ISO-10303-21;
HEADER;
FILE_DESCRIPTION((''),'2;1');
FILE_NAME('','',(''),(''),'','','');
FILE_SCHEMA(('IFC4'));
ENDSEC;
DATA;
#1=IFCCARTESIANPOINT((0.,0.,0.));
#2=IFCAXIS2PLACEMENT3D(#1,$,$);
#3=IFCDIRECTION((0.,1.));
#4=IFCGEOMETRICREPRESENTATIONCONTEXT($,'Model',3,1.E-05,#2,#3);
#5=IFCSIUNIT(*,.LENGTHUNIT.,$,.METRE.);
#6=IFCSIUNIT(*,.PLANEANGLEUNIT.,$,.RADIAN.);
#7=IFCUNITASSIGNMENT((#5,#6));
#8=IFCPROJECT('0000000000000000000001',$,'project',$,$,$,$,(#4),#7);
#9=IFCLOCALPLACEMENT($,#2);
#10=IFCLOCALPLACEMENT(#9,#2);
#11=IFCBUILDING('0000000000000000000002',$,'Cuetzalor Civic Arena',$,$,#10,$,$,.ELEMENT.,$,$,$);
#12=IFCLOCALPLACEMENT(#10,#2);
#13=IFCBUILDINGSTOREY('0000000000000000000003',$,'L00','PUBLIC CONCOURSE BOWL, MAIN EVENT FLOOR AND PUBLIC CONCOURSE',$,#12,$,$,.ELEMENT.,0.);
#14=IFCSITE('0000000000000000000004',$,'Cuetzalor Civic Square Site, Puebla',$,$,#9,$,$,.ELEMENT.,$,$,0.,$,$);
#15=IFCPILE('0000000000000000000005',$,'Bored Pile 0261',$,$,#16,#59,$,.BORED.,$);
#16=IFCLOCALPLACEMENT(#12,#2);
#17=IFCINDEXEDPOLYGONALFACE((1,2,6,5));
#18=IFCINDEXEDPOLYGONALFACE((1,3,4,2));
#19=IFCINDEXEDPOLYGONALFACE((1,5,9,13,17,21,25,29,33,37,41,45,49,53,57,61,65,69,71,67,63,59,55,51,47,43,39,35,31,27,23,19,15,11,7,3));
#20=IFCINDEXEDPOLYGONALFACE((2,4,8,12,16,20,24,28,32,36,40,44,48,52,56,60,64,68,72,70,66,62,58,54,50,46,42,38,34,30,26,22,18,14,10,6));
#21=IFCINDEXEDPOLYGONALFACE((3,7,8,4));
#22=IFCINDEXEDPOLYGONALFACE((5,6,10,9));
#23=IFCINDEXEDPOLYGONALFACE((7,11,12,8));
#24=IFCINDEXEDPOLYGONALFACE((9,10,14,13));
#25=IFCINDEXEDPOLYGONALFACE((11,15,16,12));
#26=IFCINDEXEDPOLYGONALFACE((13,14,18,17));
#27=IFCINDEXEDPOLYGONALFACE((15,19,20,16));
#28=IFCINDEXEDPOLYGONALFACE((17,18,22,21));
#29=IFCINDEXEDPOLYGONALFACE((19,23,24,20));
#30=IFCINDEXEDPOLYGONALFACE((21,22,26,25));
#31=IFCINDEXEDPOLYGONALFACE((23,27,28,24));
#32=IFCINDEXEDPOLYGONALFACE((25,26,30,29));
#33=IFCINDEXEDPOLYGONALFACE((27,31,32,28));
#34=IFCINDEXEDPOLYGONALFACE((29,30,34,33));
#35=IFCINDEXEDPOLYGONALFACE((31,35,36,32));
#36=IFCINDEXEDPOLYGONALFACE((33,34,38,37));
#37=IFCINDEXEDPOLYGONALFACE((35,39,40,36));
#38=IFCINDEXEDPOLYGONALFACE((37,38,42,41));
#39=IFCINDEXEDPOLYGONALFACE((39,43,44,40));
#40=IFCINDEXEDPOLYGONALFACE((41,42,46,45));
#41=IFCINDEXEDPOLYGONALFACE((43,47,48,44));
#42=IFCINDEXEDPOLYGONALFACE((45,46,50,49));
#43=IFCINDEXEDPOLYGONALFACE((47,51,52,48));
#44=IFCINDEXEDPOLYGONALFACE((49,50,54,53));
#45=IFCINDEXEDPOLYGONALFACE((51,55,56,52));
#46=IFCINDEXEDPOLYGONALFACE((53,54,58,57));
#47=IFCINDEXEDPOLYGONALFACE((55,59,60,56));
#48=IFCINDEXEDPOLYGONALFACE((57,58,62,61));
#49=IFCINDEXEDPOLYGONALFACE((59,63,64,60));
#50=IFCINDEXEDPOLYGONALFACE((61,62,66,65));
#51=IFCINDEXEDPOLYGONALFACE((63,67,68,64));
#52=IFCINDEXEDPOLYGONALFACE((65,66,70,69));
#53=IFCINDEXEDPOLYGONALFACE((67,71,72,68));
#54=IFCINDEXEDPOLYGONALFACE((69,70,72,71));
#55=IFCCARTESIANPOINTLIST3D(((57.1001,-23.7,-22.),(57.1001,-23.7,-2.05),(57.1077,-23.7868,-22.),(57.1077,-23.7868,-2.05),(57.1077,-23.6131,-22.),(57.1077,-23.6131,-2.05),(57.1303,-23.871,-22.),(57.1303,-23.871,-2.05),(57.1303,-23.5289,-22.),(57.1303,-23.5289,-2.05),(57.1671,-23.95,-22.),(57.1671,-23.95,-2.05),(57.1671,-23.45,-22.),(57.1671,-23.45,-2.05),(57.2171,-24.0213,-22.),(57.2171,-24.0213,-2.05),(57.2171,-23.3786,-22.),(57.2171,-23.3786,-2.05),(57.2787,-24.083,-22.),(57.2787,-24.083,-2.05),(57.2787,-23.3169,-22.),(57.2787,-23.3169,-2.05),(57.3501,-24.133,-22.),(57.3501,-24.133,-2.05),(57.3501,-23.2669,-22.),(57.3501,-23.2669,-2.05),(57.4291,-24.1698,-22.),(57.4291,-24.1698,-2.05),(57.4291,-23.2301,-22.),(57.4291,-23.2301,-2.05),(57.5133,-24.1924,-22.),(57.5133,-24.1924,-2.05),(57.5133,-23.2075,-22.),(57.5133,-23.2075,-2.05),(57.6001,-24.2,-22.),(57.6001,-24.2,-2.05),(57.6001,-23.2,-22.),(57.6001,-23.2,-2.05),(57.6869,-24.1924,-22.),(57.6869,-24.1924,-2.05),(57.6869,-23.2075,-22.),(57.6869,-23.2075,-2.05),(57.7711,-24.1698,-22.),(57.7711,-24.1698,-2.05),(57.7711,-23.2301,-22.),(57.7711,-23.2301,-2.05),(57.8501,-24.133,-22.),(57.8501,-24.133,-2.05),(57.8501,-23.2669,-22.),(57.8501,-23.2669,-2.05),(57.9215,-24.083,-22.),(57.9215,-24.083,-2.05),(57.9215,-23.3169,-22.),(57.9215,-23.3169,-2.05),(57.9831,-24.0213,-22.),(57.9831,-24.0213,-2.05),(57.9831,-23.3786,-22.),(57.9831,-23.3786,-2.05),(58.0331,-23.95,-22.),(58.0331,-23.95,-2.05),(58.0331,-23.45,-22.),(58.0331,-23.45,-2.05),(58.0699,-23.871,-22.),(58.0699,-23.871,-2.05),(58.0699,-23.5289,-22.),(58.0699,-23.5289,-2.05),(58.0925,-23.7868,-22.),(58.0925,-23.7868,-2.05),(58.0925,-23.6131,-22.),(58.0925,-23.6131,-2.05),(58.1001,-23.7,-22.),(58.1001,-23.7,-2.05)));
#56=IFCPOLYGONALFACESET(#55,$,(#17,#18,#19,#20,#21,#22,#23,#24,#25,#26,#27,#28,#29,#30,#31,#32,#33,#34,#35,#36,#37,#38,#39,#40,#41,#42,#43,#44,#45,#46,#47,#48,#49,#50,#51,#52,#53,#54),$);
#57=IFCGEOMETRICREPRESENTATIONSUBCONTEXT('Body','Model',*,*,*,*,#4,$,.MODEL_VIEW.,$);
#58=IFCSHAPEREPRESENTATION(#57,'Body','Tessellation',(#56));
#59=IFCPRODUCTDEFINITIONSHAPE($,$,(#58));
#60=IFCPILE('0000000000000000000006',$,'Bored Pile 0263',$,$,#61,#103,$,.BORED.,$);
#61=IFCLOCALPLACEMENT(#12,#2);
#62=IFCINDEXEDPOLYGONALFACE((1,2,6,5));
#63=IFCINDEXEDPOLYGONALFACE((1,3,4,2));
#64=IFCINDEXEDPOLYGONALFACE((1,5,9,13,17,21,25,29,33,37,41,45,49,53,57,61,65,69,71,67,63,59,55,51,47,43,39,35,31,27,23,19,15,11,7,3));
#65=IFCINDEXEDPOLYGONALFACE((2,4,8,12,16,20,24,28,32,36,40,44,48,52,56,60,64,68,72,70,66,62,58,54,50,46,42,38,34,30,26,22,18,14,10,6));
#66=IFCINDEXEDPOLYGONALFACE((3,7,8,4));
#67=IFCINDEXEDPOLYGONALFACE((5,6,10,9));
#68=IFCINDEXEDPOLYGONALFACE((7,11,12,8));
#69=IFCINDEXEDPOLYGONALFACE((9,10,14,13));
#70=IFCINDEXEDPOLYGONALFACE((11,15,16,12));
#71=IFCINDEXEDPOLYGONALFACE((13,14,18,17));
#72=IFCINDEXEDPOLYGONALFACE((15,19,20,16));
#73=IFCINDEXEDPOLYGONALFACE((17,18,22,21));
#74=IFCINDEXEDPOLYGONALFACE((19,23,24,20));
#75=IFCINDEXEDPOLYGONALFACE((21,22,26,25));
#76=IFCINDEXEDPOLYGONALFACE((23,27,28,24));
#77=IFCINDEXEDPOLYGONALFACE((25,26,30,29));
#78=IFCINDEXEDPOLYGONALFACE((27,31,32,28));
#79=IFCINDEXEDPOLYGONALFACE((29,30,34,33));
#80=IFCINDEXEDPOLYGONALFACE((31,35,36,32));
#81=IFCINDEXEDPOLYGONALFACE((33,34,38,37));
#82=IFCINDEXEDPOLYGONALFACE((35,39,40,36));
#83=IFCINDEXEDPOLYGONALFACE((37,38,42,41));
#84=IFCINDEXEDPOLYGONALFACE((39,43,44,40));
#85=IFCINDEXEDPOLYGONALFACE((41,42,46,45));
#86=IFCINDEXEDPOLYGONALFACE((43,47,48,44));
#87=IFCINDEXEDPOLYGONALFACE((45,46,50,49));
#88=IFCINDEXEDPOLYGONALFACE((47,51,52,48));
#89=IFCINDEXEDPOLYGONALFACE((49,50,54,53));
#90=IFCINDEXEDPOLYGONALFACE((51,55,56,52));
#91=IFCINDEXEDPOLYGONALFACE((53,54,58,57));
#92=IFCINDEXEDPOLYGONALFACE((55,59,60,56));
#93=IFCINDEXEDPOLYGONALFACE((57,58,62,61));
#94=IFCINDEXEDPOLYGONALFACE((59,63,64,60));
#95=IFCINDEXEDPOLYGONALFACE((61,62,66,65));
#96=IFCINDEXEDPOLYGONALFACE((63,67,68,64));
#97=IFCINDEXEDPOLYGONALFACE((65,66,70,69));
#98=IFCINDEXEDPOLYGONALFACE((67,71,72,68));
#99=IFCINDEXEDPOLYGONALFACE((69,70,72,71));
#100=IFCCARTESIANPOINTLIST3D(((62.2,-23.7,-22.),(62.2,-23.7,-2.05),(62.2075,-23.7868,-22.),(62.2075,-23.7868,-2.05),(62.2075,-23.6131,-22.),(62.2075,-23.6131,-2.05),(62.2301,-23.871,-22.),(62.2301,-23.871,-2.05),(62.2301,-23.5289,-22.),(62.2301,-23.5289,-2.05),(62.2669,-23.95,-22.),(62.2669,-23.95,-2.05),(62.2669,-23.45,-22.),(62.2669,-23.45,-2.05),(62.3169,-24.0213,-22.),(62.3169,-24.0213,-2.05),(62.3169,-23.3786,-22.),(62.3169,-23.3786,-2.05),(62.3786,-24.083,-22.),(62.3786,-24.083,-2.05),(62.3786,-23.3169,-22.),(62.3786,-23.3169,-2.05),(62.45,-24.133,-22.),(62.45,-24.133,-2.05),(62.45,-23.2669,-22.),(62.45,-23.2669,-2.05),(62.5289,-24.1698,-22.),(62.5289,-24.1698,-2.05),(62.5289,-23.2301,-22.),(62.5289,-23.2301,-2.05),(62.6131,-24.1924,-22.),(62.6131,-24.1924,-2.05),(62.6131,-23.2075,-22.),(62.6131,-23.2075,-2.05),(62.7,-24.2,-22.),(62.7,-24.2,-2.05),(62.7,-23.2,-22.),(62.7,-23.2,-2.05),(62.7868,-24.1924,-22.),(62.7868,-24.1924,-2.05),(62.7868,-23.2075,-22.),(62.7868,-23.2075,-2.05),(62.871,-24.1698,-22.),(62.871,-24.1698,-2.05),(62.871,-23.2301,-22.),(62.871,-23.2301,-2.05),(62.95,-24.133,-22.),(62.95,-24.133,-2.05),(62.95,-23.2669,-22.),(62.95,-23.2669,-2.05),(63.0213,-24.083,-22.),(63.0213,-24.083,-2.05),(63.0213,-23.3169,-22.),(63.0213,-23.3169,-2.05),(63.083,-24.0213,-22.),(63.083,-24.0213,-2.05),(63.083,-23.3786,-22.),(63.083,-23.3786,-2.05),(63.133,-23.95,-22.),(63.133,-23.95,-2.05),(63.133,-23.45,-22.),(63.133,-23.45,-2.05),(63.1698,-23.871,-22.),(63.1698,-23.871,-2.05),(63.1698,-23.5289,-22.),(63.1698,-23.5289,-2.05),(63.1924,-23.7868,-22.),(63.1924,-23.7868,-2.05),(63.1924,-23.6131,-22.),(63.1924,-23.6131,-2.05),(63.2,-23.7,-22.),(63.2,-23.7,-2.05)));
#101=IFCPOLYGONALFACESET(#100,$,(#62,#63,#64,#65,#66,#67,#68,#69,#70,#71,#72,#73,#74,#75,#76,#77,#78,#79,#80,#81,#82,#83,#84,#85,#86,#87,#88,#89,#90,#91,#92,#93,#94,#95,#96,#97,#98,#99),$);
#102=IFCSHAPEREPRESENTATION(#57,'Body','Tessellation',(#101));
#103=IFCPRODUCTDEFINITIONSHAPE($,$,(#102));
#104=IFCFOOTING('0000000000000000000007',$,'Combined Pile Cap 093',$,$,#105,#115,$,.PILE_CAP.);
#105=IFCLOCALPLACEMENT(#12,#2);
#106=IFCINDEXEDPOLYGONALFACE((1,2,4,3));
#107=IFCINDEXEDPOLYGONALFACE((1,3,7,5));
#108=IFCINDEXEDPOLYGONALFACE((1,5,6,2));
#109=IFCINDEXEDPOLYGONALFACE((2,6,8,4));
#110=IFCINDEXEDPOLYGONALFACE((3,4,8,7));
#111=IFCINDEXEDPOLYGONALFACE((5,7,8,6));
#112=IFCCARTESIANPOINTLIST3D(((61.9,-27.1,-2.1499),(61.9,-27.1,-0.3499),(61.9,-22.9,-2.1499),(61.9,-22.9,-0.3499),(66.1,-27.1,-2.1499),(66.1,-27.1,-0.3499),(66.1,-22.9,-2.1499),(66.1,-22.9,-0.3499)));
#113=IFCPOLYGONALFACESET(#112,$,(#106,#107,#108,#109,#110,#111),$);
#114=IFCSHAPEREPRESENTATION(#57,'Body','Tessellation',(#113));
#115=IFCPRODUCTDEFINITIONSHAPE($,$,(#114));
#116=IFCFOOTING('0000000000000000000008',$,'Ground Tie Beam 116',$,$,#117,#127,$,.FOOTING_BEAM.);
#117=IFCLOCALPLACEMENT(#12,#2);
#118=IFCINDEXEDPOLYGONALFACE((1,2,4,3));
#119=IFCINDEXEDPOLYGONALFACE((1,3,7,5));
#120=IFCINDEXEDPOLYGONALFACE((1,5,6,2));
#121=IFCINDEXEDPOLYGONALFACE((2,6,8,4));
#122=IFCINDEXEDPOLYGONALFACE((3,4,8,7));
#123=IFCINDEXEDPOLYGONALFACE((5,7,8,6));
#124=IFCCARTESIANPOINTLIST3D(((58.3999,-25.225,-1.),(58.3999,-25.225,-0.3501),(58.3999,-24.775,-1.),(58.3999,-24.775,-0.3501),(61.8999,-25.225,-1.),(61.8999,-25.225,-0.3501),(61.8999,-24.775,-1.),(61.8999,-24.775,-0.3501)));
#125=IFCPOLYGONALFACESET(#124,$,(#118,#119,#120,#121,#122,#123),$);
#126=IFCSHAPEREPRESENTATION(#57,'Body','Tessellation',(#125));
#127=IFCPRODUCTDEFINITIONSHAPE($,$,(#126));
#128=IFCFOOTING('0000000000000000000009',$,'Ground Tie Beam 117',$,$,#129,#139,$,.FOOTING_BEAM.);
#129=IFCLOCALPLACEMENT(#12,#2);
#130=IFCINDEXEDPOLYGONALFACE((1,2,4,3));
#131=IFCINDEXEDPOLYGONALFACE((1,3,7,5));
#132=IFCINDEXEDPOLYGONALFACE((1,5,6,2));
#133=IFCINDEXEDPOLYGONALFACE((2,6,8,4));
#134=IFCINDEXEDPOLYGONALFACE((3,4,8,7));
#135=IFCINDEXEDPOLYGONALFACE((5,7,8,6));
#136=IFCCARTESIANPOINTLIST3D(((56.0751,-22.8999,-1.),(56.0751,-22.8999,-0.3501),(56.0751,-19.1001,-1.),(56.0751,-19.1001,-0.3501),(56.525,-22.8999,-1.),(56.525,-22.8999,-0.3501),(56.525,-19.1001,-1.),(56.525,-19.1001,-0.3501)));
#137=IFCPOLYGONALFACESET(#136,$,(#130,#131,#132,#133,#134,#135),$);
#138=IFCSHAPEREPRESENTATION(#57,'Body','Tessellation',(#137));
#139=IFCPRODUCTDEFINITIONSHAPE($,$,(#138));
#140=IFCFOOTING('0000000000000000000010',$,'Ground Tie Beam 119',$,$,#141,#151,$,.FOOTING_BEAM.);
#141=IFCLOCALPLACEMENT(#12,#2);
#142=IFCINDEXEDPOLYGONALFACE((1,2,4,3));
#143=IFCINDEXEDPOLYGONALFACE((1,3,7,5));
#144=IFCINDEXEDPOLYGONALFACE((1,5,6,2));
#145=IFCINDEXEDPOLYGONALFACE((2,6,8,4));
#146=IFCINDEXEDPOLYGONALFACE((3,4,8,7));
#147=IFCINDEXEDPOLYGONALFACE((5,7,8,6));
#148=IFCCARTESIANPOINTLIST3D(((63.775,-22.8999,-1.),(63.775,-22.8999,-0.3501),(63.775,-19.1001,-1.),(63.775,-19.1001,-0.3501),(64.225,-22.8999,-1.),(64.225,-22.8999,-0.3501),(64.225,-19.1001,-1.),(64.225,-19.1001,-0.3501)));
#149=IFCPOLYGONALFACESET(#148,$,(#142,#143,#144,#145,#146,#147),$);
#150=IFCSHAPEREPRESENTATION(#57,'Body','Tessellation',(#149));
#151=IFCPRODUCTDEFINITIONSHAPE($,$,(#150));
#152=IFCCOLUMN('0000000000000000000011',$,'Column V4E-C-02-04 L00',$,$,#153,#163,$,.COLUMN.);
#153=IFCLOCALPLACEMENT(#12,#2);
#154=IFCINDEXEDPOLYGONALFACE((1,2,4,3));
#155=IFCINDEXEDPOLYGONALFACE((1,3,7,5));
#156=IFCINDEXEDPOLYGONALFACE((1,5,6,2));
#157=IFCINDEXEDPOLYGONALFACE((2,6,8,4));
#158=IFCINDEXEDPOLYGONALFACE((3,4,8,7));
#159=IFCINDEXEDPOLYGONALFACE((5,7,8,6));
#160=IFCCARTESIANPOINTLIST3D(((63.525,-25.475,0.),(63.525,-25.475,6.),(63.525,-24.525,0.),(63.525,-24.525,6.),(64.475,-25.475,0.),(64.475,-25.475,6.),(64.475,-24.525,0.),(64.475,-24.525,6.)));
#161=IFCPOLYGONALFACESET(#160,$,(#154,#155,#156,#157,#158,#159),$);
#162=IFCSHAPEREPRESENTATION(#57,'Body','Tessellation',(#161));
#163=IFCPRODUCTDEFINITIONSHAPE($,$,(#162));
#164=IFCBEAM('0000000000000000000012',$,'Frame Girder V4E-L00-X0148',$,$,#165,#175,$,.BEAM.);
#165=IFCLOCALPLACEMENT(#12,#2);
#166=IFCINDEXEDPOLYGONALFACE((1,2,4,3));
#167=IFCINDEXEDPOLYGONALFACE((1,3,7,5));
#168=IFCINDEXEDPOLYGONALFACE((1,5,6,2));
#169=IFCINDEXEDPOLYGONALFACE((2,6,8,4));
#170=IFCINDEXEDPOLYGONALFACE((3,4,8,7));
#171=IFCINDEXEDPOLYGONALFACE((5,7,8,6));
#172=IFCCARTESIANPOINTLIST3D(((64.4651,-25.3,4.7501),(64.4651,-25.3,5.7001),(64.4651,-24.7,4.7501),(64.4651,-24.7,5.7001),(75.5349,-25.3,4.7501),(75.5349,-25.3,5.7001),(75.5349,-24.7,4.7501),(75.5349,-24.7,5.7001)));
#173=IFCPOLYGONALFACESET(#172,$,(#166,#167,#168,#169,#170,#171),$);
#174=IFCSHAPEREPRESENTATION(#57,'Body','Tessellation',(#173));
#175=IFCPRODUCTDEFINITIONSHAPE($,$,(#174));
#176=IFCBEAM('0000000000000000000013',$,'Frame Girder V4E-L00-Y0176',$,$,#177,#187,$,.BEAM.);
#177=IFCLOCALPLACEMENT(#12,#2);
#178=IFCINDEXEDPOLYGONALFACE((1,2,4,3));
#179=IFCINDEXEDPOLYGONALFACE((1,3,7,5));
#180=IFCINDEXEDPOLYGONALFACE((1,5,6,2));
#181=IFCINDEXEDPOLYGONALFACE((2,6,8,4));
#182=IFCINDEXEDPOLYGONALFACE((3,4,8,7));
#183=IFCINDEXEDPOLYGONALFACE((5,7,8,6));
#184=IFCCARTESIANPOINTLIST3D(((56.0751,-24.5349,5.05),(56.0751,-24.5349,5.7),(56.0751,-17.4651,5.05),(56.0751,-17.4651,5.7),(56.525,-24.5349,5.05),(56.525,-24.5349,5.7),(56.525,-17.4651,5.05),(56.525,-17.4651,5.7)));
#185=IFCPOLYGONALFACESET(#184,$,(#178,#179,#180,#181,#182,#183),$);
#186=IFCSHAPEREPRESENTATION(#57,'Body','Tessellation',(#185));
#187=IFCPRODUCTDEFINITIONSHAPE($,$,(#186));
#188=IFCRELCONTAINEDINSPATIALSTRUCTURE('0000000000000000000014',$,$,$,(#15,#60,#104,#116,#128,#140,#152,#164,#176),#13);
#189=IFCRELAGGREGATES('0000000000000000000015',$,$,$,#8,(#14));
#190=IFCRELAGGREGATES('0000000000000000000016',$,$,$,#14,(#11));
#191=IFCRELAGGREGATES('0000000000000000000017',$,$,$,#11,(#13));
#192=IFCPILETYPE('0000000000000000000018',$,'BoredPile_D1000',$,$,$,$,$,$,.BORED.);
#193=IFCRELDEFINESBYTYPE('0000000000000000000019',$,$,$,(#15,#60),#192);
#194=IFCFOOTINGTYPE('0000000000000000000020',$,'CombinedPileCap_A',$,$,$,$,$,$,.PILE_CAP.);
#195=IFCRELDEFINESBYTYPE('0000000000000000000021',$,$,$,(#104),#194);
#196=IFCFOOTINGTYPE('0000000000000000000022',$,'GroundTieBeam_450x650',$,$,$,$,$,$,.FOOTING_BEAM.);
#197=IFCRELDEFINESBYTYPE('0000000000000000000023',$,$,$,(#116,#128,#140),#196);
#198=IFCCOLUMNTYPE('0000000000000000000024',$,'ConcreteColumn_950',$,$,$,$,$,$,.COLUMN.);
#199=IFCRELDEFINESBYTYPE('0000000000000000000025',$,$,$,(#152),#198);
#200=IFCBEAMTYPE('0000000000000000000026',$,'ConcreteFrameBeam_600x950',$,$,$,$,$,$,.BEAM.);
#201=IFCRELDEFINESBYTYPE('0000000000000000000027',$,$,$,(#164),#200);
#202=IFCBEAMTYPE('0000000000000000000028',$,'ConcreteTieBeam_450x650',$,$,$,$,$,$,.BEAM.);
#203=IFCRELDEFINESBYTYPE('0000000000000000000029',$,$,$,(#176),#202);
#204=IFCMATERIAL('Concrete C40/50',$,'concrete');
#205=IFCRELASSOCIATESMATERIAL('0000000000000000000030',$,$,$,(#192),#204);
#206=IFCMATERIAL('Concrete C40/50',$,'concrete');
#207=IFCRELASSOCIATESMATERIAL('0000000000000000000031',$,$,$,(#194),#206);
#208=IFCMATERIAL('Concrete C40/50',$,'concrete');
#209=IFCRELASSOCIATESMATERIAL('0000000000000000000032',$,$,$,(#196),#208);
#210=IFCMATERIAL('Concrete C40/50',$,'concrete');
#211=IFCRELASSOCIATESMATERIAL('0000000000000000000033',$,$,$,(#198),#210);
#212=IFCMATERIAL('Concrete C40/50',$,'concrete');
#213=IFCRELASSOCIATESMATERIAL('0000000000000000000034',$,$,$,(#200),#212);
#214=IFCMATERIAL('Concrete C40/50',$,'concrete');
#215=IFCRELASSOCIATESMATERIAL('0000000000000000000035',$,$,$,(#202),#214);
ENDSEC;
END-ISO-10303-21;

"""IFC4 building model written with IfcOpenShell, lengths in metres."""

from ifc_helpers import new_model, si_unit, direction, frame, origin, origin_2d, place, context, subcontext, project, spatial, rectangle, circle, extrude, material, material_profile, profile_set, type_object, element, save


model = new_model("IFC4")

# Units and contexts
model_context = context("Model", 3, precision=1e-05, world=origin(), true_north=direction((0.0, 1.0)))
body_context = subcontext(model_context, "Body", "Model", "MODEL_VIEW")
ifc_project = project(units=[si_unit("LENGTHUNIT", "METRE"), si_unit("PLANEANGLEUNIT", "RADIAN")], contexts=[model_context])

# Site, building, storey
site_placement = place(None, origin())
site = spatial("IfcSite", under=ifc_project, at=site_placement, Name="Cuetzalor Civic Square Site, Puebla", CompositionType="ELEMENT", RefElevation=0.0)
building_placement = place(site_placement, origin())
building = spatial("IfcBuilding", under=site, at=building_placement, Name="Cuetzalor Civic Arena", CompositionType="ELEMENT")
storey_placement = place(building_placement, origin())
storey = spatial("IfcBuildingStorey", under=building, at=storey_placement, Name="L00", Description="PUBLIC CONCOURSE BOWL, MAIN EVENT FLOOR AND PUBLIC CONCOURSE", CompositionType="ELEMENT", Elevation=0.0)

# Piles
ifc_material_1 = material(Name="Concrete C40/50", Category="concrete")
ifc_material_profile_1 = material_profile(ifc_material_1, circle(Radius=0.5, at=origin_2d()), Name="BORED PILE D1000")
ifc_profile_set_1 = profile_set([ifc_material_profile_1], Name="Concrete C40/50")
pile_type = type_object("IfcPileType", Name="BoredPile_D1000", PredefinedType="BORED", material=ifc_profile_set_1)
for number, where, z_axis, x_axis, name in (
    (1, (57.6001, -23.7, -2.05), (0.0, 0.0, -1.0), (1.0, 0.0, 0.0), "Bored Pile 0261"),
    (2, (62.7, -23.7, -2.05), (0.0, 0.0, -1.0), (1.0, 0.0, 0.0), "Bored Pile 0263"),
):
    element("IfcPile", number, at=place(storey_placement, frame(where, z_axis=z_axis, x_axis=x_axis)), inside=storey, type_object=pile_type, Name=name, PredefinedType="BORED", context=body_context, shape_type="SweptSolid", body=[
        extrude(circle(Radius=0.5, at=origin_2d()), origin(), (0.0, 0.0, 1.0), 19.95),
    ])

# Footings
ifc_material_2 = material(Name="Concrete C40/50", Category="concrete")
footing_type_1 = type_object("IfcFootingType", Name="CombinedPileCap_A", PredefinedType="PILE_CAP", material=ifc_material_2)
footing_1_placement = place(storey_placement, frame((64.0, -25.0, -2.1499), z_axis=(0.0, 0.0, 1.0), x_axis=(1.0, 0.0, 0.0)))
element("IfcFooting", 3, at=footing_1_placement, inside=storey, type_object=footing_type_1, Name="Combined Pile Cap 093", PredefinedType="PILE_CAP", context=body_context, shape_type="SweptSolid", body=[
    extrude(rectangle(XDim=4.2, YDim=4.2, at=origin_2d()), origin(), (0.0, 0.0, 1.0), 1.8),
])
ifc_material_3 = material(Name="Concrete C40/50", Category="concrete")
ifc_material_profile_2 = material_profile(ifc_material_3, rectangle(XDim=0.45, YDim=0.6499, at=origin_2d()), Name="RC 450x650")
ifc_profile_set_2 = profile_set([ifc_material_profile_2], Name="Concrete C40/50")
footing_type_2 = type_object("IfcFootingType", Name="GroundTieBeam_450x650", PredefinedType="FOOTING_BEAM", material=ifc_profile_set_2)
footing_2_placement = place(storey_placement, frame((58.3999, -25.0, -0.675), z_axis=(1.0, 0.0, 0.0), x_axis=(0.0, 1.0, 0.0)))
element("IfcFooting", 4, at=footing_2_placement, inside=storey, type_object=footing_type_2, Name="Ground Tie Beam 116", PredefinedType="FOOTING_BEAM", context=body_context, shape_type="SweptSolid", body=[
    extrude(rectangle(XDim=0.45, YDim=0.6499, at=origin_2d()), origin(), (0.0, 0.0, 1.0), 3.5),
])
for number, where, z_axis, x_axis, name in (
    (5, (56.3, -22.8999, -0.675), (0.0, 1.0, 0.0), (-1.0, 0.0, 0.0), "Ground Tie Beam 117"),
    (6, (64.0, -22.8999, -0.675), (0.0, 1.0, 0.0), (-1.0, 0.0, 0.0), "Ground Tie Beam 119"),
):
    element("IfcFooting", number, at=place(storey_placement, frame(where, z_axis=z_axis, x_axis=x_axis)), inside=storey, type_object=footing_type_2, Name=name, PredefinedType="FOOTING_BEAM", context=body_context, shape_type="SweptSolid", body=[
        extrude(rectangle(XDim=0.45, YDim=0.6499, at=origin_2d()), origin(), (0.0, 0.0, 1.0), 3.7998),
    ])

# Column
ifc_material_4 = material(Name="Concrete C40/50", Category="concrete")
ifc_material_profile_3 = material_profile(ifc_material_4, rectangle(XDim=0.95, YDim=0.95, at=origin_2d()), Name="RC 950x950")
ifc_profile_set_3 = profile_set([ifc_material_profile_3], Name="Concrete C40/50")
column_type = type_object("IfcColumnType", Name="ConcreteColumn_950", PredefinedType="COLUMN", material=ifc_profile_set_3)
column_placement = place(storey_placement, frame((64.0, -25.0, 0.0), z_axis=(0.0, 0.0, 1.0), x_axis=(1.0, 0.0, 0.0)))
element("IfcColumn", 7, at=column_placement, inside=storey, type_object=column_type, Name="Column V4E-C-02-04 L00", PredefinedType="COLUMN", context=body_context, shape_type="SweptSolid", body=[
    extrude(rectangle(XDim=0.95, YDim=0.95, at=origin_2d()), origin(), (0.0, 0.0, 1.0), 6.0),
])

# Beams
ifc_material_5 = material(Name="Concrete C40/50", Category="concrete")
ifc_material_profile_4 = material_profile(ifc_material_5, rectangle(XDim=0.6001, YDim=0.95, at=origin_2d()), Name="RC 600x950")
ifc_profile_set_4 = profile_set([ifc_material_profile_4], Name="Concrete C40/50")
beam_type_1 = type_object("IfcBeamType", Name="ConcreteFrameBeam_600x950", PredefinedType="BEAM", material=ifc_profile_set_4)
beam_1_placement = place(storey_placement, frame((64.4651, -25.0, 5.2251), z_axis=(1.0, 0.0, 0.0), x_axis=(0.0, 1.0, 0.0)))
element("IfcBeam", 8, at=beam_1_placement, inside=storey, type_object=beam_type_1, Name="Frame Girder V4E-L00-X0148", PredefinedType="BEAM", context=body_context, shape_type="SweptSolid", body=[
    extrude(rectangle(XDim=0.6001, YDim=0.95, at=origin_2d()), origin(), (0.0, 0.0, 1.0), 11.0698),
])
ifc_material_6 = material(Name="Concrete C40/50", Category="concrete")
ifc_material_profile_5 = material_profile(ifc_material_6, rectangle(XDim=0.45, YDim=0.6499, at=origin_2d()), Name="RC 450x650")
ifc_profile_set_5 = profile_set([ifc_material_profile_5], Name="Concrete C40/50")
beam_type_2 = type_object("IfcBeamType", Name="ConcreteTieBeam_450x650", PredefinedType="BEAM", material=ifc_profile_set_5)
for number, where, z_axis, x_axis, name in (
    (9, (56.3, -24.5349, 5.375), (0.0, 1.0, 0.0), (-1.0, 0.0, 0.0), "Frame Girder V4E-L00-Y0176"),
):
    element("IfcBeam", number, at=place(storey_placement, frame(where, z_axis=z_axis, x_axis=x_axis)), inside=storey, type_object=beam_type_2, Name=name, PredefinedType="BEAM", context=body_context, shape_type="SweptSolid", body=[
        extrude(rectangle(XDim=0.45, YDim=0.6499, at=origin_2d()), origin(), (0.0, 0.0, 1.0), 7.0698),
    ])

save(model, "model.ifc")
